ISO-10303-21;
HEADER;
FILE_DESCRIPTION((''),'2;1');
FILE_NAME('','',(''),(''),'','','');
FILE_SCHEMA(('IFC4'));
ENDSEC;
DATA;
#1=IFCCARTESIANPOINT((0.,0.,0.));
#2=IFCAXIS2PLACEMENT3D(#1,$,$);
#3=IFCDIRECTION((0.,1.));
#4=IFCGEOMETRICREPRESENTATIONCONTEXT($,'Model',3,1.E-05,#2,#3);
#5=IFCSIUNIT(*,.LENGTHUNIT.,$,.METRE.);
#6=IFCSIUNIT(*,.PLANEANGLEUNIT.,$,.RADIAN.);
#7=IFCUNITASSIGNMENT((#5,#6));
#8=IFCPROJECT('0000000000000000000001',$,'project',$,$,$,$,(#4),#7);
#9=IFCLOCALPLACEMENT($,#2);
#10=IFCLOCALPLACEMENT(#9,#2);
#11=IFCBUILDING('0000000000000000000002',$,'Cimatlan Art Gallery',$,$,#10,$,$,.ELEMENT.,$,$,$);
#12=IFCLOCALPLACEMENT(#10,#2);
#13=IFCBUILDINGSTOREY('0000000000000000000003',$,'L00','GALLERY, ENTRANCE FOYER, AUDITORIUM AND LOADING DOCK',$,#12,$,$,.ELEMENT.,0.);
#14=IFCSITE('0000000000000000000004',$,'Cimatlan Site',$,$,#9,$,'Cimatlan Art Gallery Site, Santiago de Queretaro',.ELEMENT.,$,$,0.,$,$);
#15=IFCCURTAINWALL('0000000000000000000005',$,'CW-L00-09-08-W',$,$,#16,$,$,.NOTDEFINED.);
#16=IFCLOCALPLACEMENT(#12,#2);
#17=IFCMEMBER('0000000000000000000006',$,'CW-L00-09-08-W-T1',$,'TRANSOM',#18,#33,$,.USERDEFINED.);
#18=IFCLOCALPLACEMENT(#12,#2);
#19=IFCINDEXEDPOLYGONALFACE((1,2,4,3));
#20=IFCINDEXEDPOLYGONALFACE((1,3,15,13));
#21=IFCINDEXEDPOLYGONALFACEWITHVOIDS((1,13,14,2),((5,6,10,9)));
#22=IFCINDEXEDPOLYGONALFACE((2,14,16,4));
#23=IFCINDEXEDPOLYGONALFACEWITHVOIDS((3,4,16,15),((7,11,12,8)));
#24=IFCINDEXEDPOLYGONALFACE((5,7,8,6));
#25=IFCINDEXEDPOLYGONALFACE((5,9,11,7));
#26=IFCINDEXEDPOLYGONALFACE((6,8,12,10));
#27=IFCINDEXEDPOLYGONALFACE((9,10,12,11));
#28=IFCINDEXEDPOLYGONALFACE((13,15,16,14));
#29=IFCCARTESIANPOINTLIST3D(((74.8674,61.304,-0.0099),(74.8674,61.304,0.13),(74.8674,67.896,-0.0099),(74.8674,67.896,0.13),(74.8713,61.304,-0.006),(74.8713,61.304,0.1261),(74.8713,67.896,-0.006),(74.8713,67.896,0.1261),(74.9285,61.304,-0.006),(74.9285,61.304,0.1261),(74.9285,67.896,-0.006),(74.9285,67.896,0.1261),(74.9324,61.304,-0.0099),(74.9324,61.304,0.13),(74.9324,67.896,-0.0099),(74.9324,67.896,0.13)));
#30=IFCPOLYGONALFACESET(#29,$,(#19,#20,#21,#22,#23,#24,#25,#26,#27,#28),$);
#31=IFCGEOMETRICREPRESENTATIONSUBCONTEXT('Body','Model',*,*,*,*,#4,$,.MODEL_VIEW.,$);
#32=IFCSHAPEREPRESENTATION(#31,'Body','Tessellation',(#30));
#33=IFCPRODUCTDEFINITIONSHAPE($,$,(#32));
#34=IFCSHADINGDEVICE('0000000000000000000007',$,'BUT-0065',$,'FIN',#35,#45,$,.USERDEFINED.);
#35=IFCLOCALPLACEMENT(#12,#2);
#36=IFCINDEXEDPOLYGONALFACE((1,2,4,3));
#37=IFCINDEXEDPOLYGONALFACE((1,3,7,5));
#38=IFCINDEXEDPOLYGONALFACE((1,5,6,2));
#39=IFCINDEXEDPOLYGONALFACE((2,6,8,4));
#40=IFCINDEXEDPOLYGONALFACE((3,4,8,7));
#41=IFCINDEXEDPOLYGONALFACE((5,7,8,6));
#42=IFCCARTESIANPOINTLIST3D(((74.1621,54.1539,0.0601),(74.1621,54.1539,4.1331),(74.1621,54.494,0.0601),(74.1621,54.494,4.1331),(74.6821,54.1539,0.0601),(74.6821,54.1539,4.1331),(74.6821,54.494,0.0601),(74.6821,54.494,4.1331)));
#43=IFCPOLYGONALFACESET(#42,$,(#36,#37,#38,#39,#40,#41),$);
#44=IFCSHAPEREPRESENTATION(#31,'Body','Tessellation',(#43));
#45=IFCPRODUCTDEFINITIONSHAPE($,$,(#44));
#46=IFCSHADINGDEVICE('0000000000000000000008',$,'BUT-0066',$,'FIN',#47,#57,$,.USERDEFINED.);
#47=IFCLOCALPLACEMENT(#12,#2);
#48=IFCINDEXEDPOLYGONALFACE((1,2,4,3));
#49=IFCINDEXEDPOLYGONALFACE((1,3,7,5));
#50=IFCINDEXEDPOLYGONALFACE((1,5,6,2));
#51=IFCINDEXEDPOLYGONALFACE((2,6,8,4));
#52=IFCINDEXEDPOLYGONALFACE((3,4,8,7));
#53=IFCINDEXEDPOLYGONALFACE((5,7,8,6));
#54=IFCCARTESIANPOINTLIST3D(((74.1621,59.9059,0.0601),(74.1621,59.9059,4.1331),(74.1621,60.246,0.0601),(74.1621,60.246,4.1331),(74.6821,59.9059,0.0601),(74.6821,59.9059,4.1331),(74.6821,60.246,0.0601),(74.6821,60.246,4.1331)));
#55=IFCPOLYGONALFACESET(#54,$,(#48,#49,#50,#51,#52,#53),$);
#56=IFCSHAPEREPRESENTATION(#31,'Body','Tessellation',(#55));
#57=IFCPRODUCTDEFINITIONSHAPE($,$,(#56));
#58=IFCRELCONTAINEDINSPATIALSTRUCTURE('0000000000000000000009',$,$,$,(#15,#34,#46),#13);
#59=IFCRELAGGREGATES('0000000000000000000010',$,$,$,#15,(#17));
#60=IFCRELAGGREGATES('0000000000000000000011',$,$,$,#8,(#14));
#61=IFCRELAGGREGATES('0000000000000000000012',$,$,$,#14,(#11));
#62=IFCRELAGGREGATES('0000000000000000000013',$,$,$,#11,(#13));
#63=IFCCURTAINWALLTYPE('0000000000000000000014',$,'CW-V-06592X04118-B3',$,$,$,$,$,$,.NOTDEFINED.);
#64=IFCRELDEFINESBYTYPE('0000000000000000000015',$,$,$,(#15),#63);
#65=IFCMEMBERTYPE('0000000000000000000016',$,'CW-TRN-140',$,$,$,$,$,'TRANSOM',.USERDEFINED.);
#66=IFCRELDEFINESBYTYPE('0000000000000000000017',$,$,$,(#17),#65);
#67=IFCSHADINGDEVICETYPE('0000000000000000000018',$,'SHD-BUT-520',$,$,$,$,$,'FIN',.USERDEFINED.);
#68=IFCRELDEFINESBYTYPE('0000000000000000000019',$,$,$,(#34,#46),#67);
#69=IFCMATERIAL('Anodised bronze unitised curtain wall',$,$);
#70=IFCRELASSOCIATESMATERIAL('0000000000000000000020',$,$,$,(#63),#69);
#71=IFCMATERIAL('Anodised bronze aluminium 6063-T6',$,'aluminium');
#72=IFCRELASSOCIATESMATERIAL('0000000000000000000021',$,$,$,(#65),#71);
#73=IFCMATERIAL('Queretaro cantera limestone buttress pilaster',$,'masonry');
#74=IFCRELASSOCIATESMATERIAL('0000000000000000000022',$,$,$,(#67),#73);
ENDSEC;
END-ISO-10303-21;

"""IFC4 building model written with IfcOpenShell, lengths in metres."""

from ifc_helpers import new_model, si_unit, direction, frame, origin, origin_2d, place, context, subcontext, project, spatial, rectangle, hollow_rectangle, extrude, material, material_profile, profile_set, type_object, element, aggregate, save


model = new_model("IFC4")

# Units and contexts
model_context = context("Model", 3, precision=1e-05, world=origin(), true_north=direction((0.0, 1.0)))
body_context = subcontext(model_context, "Body", "Model", "MODEL_VIEW")
ifc_project = project(units=[si_unit("LENGTHUNIT", "METRE"), si_unit("PLANEANGLEUNIT", "RADIAN")], contexts=[model_context])

# Site, building, storey
site_placement = place(None, origin())
site = spatial("IfcSite", under=ifc_project, at=site_placement, Name="Cimatlan Site", LongName="Cimatlan Art Gallery Site, Santiago de Queretaro", CompositionType="ELEMENT", RefElevation=0.0)
building_placement = place(site_placement, origin())
building = spatial("IfcBuilding", under=site, at=building_placement, Name="Cimatlan Art Gallery", CompositionType="ELEMENT")
storey_placement = place(building_placement, origin())
storey = spatial("IfcBuildingStorey", under=building, at=storey_placement, Name="L00", Description="GALLERY, ENTRANCE FOYER, AUDITORIUM AND LOADING DOCK", CompositionType="ELEMENT", Elevation=0.0)

# Curtain wall, member
ifc_material_1 = material(Name="Anodised bronze unitised curtain wall")
curtain_wall_type = type_object("IfcCurtainWallType", Name="CW-V-06592X04118-B3", PredefinedType="NOTDEFINED", material=ifc_material_1)
curtain_wall_placement = place(storey_placement, origin())
curtain_wall = element("IfcCurtainWall", 1, at=curtain_wall_placement, inside=storey, type_object=curtain_wall_type, Name="CW-L00-09-08-W", PredefinedType="NOTDEFINED")
ifc_material_2 = material(Name="Anodised bronze aluminium 6063-T6", Category="aluminium")
ifc_material_profile_1 = material_profile(ifc_material_2, hollow_rectangle(XDim=0.0649, YDim=0.1399, WallThickness=0.0039, at=origin_2d()), Name="ALU65X140X4")
ifc_profile_set_1 = profile_set([ifc_material_profile_1], Name="Anodised bronze aluminium 6063-T6")
member_type_1 = type_object("IfcMemberType", Name="CW-TRN-140", ElementType="TRANSOM", PredefinedType="USERDEFINED", material=ifc_profile_set_1)
member_1_placement = place(storey_placement, frame((74.8999, 61.304, 0.0601), z_axis=(0.0, 1.0, 0.0), x_axis=(-1.0, 0.0, 0.0)))
member_1 = element("IfcMember", 2, at=member_1_placement, type_object=member_type_1, Name="CW-L00-09-08-W-T1", ObjectType="TRANSOM", PredefinedType="USERDEFINED", context=body_context, shape_type="SweptSolid", body=[
    extrude(hollow_rectangle(XDim=0.0649, YDim=0.1399, WallThickness=0.0039, at=origin_2d()), origin(), (0.0, 0.0, 1.0), 6.592),
])
aggregate(curtain_wall, [member_1])

# Shading devices
ifc_material_3 = material(Name="Queretaro cantera limestone buttress pilaster", Category="masonry")
shading_device_type = type_object("IfcShadingDeviceType", Name="SHD-BUT-520", ElementType="FIN", PredefinedType="USERDEFINED", material=ifc_material_3)
for number, where, z_axis, x_axis, name in (
    (3, (74.4221, 54.324, 0.0601), (0.0, 0.0, 1.0), (0.0, 1.0, 0.0), "BUT-0065"),
    (4, (74.4221, 60.0759, 0.0601), (0.0, 0.0, 1.0), (0.0, 1.0, 0.0), "BUT-0066"),
):
    element("IfcShadingDevice", number, at=place(storey_placement, frame(where, z_axis=z_axis, x_axis=x_axis)), inside=storey, type_object=shading_device_type, Name=name, ObjectType="FIN", PredefinedType="USERDEFINED", context=body_context, shape_type="SweptSolid", body=[
        extrude(rectangle(XDim=0.3401, YDim=0.52, at=origin_2d()), origin(), (0.0, 0.0, 1.0), 4.073),
    ])

save(model, "model.ifc")
